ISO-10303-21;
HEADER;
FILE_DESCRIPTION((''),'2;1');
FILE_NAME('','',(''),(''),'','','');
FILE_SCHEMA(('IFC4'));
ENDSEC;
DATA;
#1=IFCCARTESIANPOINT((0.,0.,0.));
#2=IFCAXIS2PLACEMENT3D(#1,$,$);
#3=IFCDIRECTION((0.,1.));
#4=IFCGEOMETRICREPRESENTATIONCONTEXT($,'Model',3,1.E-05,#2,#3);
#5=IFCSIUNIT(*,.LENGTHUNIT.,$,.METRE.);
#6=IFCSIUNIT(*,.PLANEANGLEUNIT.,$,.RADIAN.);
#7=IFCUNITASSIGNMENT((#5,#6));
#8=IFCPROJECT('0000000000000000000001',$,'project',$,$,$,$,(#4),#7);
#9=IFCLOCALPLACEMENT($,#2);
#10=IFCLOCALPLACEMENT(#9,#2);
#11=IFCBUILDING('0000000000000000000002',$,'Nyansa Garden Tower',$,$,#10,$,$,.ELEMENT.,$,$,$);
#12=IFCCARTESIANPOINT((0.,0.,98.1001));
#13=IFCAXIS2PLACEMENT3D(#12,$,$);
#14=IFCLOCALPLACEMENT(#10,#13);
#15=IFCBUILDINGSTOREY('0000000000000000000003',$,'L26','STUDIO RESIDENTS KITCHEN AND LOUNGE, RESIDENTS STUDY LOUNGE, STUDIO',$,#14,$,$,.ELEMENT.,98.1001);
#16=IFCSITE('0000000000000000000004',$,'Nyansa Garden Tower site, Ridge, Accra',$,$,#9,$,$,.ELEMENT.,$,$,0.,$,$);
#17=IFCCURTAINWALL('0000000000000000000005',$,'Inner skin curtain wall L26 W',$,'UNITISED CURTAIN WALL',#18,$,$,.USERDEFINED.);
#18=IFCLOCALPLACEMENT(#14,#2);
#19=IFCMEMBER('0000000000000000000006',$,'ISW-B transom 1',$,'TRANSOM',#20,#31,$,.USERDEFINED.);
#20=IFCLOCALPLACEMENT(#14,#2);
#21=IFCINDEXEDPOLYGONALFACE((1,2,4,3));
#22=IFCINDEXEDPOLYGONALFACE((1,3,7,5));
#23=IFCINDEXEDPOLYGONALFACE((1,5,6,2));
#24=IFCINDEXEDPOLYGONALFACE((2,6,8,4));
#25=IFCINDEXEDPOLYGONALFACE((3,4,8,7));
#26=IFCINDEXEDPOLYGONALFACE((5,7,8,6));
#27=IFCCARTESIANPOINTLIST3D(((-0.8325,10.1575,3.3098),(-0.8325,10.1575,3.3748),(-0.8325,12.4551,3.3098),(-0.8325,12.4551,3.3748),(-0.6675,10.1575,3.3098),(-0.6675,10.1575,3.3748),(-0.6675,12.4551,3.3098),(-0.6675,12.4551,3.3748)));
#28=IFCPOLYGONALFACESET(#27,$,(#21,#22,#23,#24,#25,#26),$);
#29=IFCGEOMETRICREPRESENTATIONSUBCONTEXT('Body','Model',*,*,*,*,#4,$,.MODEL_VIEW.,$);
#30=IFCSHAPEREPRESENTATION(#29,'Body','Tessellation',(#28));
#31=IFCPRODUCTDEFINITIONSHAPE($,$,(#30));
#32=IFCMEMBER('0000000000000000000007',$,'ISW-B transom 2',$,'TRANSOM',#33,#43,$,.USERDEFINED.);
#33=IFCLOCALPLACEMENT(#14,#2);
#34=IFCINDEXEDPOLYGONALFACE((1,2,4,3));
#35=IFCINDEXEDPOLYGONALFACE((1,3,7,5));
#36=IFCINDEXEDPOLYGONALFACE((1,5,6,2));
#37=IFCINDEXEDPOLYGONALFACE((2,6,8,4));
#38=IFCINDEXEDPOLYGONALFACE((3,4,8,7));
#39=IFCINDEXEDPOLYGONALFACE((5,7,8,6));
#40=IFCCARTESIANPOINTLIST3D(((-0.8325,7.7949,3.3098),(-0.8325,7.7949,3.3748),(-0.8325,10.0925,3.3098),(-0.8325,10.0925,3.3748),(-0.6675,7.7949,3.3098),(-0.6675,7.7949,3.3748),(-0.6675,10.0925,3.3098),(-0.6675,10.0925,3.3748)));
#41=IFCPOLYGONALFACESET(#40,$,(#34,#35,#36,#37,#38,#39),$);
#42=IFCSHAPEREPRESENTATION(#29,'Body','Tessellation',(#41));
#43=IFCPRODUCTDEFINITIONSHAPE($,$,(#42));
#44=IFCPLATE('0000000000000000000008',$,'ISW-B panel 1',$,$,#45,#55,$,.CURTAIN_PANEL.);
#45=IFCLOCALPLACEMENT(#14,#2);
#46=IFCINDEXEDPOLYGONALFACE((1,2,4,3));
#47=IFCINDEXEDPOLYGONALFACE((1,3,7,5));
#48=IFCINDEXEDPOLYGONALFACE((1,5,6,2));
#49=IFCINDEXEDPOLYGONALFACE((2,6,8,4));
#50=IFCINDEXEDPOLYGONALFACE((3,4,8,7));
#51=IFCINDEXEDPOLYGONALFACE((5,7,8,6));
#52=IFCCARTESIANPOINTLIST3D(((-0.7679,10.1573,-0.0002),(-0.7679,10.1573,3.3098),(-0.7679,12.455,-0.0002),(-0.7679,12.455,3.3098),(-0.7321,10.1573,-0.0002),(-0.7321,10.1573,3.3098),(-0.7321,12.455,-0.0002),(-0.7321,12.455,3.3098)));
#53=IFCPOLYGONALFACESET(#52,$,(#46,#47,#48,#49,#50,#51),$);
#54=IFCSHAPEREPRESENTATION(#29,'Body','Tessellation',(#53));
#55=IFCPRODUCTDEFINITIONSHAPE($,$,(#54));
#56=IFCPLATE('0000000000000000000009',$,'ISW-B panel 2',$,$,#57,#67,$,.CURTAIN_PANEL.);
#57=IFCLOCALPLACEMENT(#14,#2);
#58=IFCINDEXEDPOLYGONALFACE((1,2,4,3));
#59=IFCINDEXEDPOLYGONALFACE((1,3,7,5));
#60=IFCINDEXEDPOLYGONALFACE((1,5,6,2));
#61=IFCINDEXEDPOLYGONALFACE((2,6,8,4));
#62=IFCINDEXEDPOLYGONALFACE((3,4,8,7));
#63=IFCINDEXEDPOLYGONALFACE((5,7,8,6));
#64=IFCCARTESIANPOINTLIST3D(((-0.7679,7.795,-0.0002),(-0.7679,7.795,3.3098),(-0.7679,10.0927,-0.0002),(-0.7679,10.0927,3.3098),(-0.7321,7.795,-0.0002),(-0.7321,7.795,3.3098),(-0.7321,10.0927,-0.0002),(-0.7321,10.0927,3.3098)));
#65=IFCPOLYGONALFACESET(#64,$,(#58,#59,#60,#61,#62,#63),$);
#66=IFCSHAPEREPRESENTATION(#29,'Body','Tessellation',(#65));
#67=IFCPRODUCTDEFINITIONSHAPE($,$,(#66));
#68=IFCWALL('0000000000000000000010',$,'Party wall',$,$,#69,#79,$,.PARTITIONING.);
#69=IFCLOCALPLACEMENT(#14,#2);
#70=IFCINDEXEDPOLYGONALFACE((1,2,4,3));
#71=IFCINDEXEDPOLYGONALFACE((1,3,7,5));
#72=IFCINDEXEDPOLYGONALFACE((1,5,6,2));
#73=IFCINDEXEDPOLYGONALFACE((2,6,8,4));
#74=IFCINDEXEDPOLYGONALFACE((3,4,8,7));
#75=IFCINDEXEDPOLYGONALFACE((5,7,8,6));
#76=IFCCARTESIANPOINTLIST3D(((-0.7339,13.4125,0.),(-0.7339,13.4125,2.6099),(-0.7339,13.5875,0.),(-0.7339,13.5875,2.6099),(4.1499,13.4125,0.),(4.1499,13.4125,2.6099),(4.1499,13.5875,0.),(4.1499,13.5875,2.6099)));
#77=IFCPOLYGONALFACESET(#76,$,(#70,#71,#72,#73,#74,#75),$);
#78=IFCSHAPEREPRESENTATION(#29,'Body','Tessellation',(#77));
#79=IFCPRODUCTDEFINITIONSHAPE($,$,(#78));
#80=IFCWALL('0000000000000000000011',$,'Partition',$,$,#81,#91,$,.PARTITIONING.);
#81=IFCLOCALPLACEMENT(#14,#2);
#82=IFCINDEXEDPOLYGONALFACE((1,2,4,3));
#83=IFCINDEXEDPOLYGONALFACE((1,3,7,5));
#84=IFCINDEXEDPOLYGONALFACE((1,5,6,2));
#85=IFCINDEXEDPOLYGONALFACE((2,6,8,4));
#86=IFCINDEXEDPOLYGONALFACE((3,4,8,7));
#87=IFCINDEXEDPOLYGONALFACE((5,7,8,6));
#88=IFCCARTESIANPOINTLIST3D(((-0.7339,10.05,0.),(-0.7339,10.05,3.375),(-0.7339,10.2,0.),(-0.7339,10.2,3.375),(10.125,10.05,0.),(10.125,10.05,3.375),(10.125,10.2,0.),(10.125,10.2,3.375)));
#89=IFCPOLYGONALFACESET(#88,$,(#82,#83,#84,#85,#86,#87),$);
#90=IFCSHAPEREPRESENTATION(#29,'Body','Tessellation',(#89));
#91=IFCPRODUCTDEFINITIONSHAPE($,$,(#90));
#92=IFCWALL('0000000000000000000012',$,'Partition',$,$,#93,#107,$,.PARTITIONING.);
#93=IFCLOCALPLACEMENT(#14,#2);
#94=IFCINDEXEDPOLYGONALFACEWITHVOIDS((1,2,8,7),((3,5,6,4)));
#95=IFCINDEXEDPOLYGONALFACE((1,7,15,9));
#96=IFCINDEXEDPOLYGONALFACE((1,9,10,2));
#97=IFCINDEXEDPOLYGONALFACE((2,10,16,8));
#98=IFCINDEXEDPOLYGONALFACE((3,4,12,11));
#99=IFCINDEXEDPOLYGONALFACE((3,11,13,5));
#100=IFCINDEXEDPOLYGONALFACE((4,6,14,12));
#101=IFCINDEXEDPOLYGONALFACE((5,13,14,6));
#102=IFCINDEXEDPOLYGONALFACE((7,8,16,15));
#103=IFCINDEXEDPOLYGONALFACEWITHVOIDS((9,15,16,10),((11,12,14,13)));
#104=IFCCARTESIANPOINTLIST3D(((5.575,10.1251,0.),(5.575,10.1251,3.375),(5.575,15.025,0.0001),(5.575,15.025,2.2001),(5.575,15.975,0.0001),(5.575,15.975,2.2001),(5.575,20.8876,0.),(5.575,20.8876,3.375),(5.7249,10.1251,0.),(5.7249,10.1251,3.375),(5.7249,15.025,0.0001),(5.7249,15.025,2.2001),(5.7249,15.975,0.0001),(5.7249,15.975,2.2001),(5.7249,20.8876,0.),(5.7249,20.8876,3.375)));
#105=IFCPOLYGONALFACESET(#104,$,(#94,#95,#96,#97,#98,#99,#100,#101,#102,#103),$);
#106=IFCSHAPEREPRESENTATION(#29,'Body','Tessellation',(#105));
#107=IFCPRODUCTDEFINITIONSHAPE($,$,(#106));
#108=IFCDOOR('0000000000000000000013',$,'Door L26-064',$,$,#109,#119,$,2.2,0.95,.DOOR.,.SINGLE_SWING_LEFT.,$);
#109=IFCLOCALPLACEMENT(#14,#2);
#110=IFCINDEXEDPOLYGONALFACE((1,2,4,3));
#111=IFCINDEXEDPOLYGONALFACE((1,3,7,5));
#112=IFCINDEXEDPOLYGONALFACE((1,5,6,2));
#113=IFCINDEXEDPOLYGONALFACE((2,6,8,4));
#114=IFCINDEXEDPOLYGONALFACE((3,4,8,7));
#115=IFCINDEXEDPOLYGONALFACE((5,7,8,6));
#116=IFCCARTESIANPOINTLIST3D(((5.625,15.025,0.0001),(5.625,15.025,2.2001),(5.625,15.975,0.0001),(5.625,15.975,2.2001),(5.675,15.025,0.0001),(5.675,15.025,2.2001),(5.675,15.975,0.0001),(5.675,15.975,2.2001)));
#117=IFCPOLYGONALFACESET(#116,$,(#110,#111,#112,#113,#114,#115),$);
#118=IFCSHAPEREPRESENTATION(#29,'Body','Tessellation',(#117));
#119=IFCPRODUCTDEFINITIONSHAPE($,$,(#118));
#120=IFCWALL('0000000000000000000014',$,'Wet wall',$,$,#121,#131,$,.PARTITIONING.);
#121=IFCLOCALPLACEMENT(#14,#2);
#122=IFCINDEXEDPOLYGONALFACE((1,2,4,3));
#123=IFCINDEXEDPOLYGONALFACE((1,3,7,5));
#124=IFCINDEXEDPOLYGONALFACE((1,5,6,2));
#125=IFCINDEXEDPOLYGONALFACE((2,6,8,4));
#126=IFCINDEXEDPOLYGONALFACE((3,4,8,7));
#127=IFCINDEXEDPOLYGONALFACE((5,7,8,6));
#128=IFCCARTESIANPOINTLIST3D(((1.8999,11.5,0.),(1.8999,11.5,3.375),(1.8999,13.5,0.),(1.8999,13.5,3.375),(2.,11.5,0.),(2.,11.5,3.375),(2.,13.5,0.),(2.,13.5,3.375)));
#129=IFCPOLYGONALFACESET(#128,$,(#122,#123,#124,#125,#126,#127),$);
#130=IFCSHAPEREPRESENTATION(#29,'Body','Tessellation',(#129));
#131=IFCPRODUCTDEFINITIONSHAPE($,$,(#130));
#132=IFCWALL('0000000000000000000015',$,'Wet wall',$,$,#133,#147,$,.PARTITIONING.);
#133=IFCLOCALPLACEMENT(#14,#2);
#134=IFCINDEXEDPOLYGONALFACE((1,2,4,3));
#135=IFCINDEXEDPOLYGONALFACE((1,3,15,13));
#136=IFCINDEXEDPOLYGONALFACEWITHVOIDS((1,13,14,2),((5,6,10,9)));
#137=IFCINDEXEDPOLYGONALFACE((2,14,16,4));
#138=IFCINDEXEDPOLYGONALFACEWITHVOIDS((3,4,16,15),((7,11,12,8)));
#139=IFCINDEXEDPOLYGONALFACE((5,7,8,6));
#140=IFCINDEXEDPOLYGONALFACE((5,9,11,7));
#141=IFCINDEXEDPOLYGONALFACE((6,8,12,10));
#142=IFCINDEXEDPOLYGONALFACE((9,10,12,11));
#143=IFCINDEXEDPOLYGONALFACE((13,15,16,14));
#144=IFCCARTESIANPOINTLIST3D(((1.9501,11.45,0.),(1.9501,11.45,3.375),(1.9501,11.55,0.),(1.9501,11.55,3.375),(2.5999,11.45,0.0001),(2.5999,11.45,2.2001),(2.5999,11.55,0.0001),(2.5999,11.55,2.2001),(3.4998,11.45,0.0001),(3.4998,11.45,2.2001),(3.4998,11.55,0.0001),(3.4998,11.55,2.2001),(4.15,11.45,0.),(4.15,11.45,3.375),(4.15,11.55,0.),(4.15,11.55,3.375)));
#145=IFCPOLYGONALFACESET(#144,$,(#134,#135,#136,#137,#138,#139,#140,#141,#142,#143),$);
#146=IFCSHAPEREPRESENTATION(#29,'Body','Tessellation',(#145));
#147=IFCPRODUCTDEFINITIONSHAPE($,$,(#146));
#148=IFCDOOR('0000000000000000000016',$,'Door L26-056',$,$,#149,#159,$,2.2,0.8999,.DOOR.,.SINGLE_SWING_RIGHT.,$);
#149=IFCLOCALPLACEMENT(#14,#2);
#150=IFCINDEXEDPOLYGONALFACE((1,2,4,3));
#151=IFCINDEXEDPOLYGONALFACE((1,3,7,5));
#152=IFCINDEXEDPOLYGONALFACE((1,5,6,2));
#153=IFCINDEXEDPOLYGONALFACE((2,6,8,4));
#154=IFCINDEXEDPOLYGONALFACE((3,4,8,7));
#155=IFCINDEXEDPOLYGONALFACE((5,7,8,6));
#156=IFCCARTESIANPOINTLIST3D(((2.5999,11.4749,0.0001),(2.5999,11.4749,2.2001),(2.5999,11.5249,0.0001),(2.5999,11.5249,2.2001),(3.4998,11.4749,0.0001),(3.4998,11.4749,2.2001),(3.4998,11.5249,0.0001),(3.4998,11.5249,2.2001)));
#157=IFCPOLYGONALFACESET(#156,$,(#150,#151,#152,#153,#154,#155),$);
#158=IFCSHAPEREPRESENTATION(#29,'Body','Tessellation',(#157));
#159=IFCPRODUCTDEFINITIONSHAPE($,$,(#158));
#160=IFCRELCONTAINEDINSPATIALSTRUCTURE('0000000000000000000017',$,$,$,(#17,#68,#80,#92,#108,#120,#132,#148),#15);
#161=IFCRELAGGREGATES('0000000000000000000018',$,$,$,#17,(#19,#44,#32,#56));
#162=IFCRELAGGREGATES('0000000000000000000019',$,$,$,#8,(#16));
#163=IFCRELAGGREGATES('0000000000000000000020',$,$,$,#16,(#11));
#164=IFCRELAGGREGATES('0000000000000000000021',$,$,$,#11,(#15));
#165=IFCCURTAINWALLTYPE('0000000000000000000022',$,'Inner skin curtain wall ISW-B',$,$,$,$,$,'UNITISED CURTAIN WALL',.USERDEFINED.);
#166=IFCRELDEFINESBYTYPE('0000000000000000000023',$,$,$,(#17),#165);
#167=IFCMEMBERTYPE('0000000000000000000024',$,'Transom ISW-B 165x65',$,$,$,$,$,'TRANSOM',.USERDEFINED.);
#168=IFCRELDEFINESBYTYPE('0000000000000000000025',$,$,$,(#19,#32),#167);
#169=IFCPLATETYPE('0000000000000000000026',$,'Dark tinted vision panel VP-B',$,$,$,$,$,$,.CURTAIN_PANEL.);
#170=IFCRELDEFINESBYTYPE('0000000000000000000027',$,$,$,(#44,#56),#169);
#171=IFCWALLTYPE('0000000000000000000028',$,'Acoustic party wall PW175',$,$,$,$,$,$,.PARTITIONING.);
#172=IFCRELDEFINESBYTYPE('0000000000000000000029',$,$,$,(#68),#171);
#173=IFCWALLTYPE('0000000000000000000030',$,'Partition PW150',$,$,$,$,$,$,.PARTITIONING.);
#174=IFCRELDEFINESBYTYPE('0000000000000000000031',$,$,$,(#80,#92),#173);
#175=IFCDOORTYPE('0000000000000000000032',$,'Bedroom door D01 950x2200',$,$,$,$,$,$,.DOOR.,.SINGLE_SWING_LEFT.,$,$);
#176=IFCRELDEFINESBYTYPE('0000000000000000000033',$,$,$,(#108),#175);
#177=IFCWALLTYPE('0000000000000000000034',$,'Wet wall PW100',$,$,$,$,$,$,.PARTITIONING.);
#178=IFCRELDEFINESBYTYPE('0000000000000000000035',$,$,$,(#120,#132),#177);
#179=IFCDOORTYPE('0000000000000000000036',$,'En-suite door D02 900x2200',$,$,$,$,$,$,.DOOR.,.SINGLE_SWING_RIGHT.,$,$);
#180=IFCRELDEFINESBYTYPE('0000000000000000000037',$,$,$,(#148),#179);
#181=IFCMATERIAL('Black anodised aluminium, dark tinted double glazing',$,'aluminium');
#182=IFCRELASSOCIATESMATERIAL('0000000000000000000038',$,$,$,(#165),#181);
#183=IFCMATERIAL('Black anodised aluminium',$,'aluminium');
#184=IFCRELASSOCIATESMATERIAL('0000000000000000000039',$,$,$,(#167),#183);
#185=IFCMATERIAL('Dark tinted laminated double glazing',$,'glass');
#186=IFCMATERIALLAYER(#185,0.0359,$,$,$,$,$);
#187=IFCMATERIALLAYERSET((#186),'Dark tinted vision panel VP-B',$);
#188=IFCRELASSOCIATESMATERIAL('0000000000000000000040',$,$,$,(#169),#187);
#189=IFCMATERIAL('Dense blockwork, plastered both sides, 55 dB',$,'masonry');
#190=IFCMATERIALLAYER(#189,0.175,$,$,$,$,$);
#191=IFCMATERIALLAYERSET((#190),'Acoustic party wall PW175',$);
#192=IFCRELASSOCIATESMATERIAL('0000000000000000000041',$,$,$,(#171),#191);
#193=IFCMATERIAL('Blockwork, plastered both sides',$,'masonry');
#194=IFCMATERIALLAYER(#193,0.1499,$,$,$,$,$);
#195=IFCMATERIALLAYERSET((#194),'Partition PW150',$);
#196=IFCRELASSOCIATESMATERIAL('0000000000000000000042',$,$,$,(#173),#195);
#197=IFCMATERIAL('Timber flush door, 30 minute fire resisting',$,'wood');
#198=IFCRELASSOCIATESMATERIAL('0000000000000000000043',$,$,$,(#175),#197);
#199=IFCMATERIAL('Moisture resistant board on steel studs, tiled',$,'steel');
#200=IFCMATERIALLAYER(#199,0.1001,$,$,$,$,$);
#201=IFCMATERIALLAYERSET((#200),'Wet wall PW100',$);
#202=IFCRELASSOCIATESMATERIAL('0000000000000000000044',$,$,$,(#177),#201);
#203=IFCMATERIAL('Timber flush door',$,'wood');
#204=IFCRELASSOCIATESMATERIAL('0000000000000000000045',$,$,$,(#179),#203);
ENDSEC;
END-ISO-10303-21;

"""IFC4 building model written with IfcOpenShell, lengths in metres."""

from ifc_helpers import new_model, si_unit, direction, frame, frame_2d, origin, origin_2d, place, context, subcontext, project, spatial, rectangle, extrude, material, layer, layer_set, material_profile, profile_set, type_object, element, fill, aggregate, save


model = new_model("IFC4")

# Units and contexts
model_context = context("Model", 3, precision=1e-05, world=origin(), true_north=direction((0.0, 1.0)))
body_context = subcontext(model_context, "Body", "Model", "MODEL_VIEW")
ifc_project = project(units=[si_unit("LENGTHUNIT", "METRE"), si_unit("PLANEANGLEUNIT", "RADIAN")], contexts=[model_context])

# Site, building, storey
site_placement = place(None, origin())
site = spatial("IfcSite", under=ifc_project, at=site_placement, Name="Nyansa Garden Tower site, Ridge, Accra", CompositionType="ELEMENT", RefElevation=0.0)
building_placement = place(site_placement, origin())
building = spatial("IfcBuilding", under=site, at=building_placement, Name="Nyansa Garden Tower", CompositionType="ELEMENT")
storey_placement = place(building_placement, frame((0.0, 0.0, 98.1001)))
storey = spatial("IfcBuildingStorey", under=building, at=storey_placement, Name="L26", Description="STUDIO RESIDENTS KITCHEN AND LOUNGE, RESIDENTS STUDY LOUNGE, STUDIO", CompositionType="ELEMENT", Elevation=98.1001)

# Curtain wall
ifc_material_1 = material(Name="Black anodised aluminium, dark tinted double glazing", Category="aluminium")
curtain_wall_type = type_object("IfcCurtainWallType", Name="Inner skin curtain wall ISW-B", ElementType="UNITISED CURTAIN WALL", PredefinedType="USERDEFINED", material=ifc_material_1)
curtain_wall_placement = place(storey_placement, origin())
curtain_wall = element("IfcCurtainWall", 1, at=curtain_wall_placement, inside=storey, type_object=curtain_wall_type, Name="Inner skin curtain wall L26 W", ObjectType="UNITISED CURTAIN WALL", PredefinedType="USERDEFINED")

# Members
ifc_material_2 = material(Name="Black anodised aluminium", Category="aluminium")
ifc_material_profile_1 = material_profile(ifc_material_2, rectangle(XDim=0.165, YDim=0.0649, at=origin_2d()), Name="Transom 165x65")
ifc_profile_set_1 = profile_set([ifc_material_profile_1], Name="Black anodised aluminium")
member_type_1 = type_object("IfcMemberType", Name="Transom ISW-B 165x65", ElementType="TRANSOM", PredefinedType="USERDEFINED", material=ifc_profile_set_1)
member_1_placement = place(storey_placement, frame((-0.75, 12.4551, 3.3423), z_axis=(0.0, -1.0, 0.0), x_axis=(1.0, 0.0, 0.0)))
member_1 = element("IfcMember", 2, at=member_1_placement, type_object=member_type_1, Name="ISW-B transom 1", ObjectType="TRANSOM", PredefinedType="USERDEFINED", context=body_context, shape_type="SweptSolid", body=[
    extrude(rectangle(XDim=0.165, YDim=0.0649, at=origin_2d()), origin(), (0.0, 0.0, 1.0), 2.2976),
])
member_2_placement = place(storey_placement, frame((-0.75, 10.0925, 3.3423), z_axis=(0.0, -1.0, 0.0), x_axis=(1.0, 0.0, 0.0)))
member_2 = element("IfcMember", 3, at=member_2_placement, type_object=member_type_1, Name="ISW-B transom 2", ObjectType="TRANSOM", PredefinedType="USERDEFINED", context=body_context, shape_type="SweptSolid", body=[
    extrude(rectangle(XDim=0.165, YDim=0.0649, at=origin_2d()), origin(), (0.0, 0.0, 1.0), 2.2976),
])

# Plates
ifc_material_3 = material(Name="Dark tinted laminated double glazing", Category="glass")
ifc_layer_1 = layer(ifc_material_3, 0.0359)
ifc_layer_set_1 = layer_set([ifc_layer_1], Name="Dark tinted vision panel VP-B")
plate_type = type_object("IfcPlateType", Name="Dark tinted vision panel VP-B", PredefinedType="CURTAIN_PANEL", material=ifc_layer_set_1)
plate_1_placement = place(storey_placement, frame((-0.75, 11.3062, -0.0002), z_axis=(0.0, 0.0, 1.0), x_axis=(0.0, -1.0, 0.0)))
plate_1 = element("IfcPlate", 4, at=plate_1_placement, type_object=plate_type, Name="ISW-B panel 1", PredefinedType="CURTAIN_PANEL", context=body_context, shape_type="SweptSolid", body=[
    extrude(rectangle(XDim=2.2976, YDim=0.0359, at=origin_2d()), origin(), (0.0, 0.0, 1.0), 3.3101),
])
plate_2_placement = place(storey_placement, frame((-0.75, 8.9438, -0.0002), z_axis=(0.0, 0.0, 1.0), x_axis=(0.0, -1.0, 0.0)))
plate_2 = element("IfcPlate", 5, at=plate_2_placement, type_object=plate_type, Name="ISW-B panel 2", PredefinedType="CURTAIN_PANEL", context=body_context, shape_type="SweptSolid", body=[
    extrude(rectangle(XDim=2.2976, YDim=0.0359, at=origin_2d()), origin(), (0.0, 0.0, 1.0), 3.3101),
])
aggregate(curtain_wall, [member_1, plate_1, member_2, plate_2])

# Walls
ifc_material_4 = material(Name="Dense blockwork, plastered both sides, 55 dB", Category="masonry")
ifc_layer_2 = layer(ifc_material_4, 0.175)
ifc_layer_set_2 = layer_set([ifc_layer_2], Name="Acoustic party wall PW175")
wall_type_1 = type_object("IfcWallType", Name="Acoustic party wall PW175", PredefinedType="PARTITIONING", material=ifc_layer_set_2)
wall_1_placement = place(storey_placement, frame((-0.7339, 13.5, 0.0), z_axis=(0.0, 0.0, 1.0), x_axis=(1.0, 0.0, 0.0)))
element("IfcWall", 6, at=wall_1_placement, inside=storey, type_object=wall_type_1, Name="Party wall", PredefinedType="PARTITIONING", context=body_context, shape_type="SweptSolid", body=[
    extrude(rectangle(XDim=4.8838, YDim=0.175, at=frame_2d((2.4419, 0.0))), origin(), (0.0, 0.0, 1.0), 2.6099),
])
ifc_material_5 = material(Name="Blockwork, plastered both sides", Category="masonry")
ifc_layer_3 = layer(ifc_material_5, 0.1499)
ifc_layer_set_3 = layer_set([ifc_layer_3], Name="Partition PW150")
wall_type_2 = type_object("IfcWallType", Name="Partition PW150", PredefinedType="PARTITIONING", material=ifc_layer_set_3)
wall_2_placement = place(storey_placement, frame((-0.7339, 10.125, 0.0), z_axis=(0.0, 0.0, 1.0), x_axis=(1.0, 0.0, 0.0)))
element("IfcWall", 7, at=wall_2_placement, inside=storey, type_object=wall_type_2, Name="Partition", PredefinedType="PARTITIONING", context=body_context, shape_type="SweptSolid", body=[
    extrude(rectangle(XDim=10.8589, YDim=0.1499, at=frame_2d((5.4294, 0.0))), origin(), (0.0, 0.0, 1.0), 3.375),
])

# Wall, opening, door
wall_3_placement = place(storey_placement, frame((5.6499, 10.125, 0.0), z_axis=(0.0, 0.0, 1.0), x_axis=(0.0, 1.0, 0.0)))
wall_3 = element("IfcWall", 8, at=wall_3_placement, inside=storey, type_object=wall_type_2, Name="Partition", PredefinedType="PARTITIONING", context=body_context, shape_type="SweptSolid", body=[
    extrude(rectangle(XDim=10.7625, YDim=0.1499, at=frame_2d((5.3813, 0.0))), origin(), (0.0, 0.0, 1.0), 3.375),
])
opening_1_placement = place(wall_3_placement, frame((4.8999, 0.0, 0.0)))
opening_1 = element("IfcOpeningElement", 9, at=opening_1_placement, cuts=wall_3, PredefinedType="OPENING", context=body_context, shape_type="SweptSolid", body=[
    extrude(rectangle(XDim=0.95, YDim=2.2, at=frame_2d((0.4751, 1.1001))), frame((0.0, 0.085, 0.0), z_axis=(0.0, -1.0, 0.0), x_axis=(1.0, 0.0, 0.0)), (0.0, 0.0, 1.0), 0.1699),
])
ifc_material_6 = material(Name="Timber flush door, 30 minute fire resisting", Category="wood")
door_type_1 = type_object("IfcDoorType", Name="Bedroom door D01 950x2200", OperationType="SINGLE_SWING_LEFT", PredefinedType="DOOR", material=ifc_material_6)
door_1_placement = place(opening_1_placement, origin())
door_1 = element("IfcDoor", 10, at=door_1_placement, inside=storey, type_object=door_type_1, Name="Door L26-064", OperationType="SINGLE_SWING_LEFT", OverallHeight=2.2, OverallWidth=0.95, PredefinedType="DOOR", context=body_context, shape_type="SweptSolid", body=[
    extrude(rectangle(XDim=0.95, YDim=2.2, at=frame_2d((0.4751, 1.1001))), frame((0.0, 0.0249, 0.0), z_axis=(0.0, -1.0, 0.0), x_axis=(1.0, 0.0, 0.0)), (0.0, 0.0, 1.0), 0.05),
])
fill(opening_1, door_1)

# Wall
ifc_material_7 = material(Name="Moisture resistant board on steel studs, tiled", Category="steel")
ifc_layer_4 = layer(ifc_material_7, 0.1001)
ifc_layer_set_4 = layer_set([ifc_layer_4], Name="Wet wall PW100")
wall_type_3 = type_object("IfcWallType", Name="Wet wall PW100", PredefinedType="PARTITIONING", material=ifc_layer_set_4)
wall_4_placement = place(storey_placement, frame((1.95, 11.5, 0.0), z_axis=(0.0, 0.0, 1.0), x_axis=(0.0, 1.0, 0.0)))
element("IfcWall", 11, at=wall_4_placement, inside=storey, type_object=wall_type_3, Name="Wet wall", PredefinedType="PARTITIONING", context=body_context, shape_type="SweptSolid", body=[
    extrude(rectangle(XDim=2.0, YDim=0.1001, at=frame_2d((1.0, 0.0))), origin(), (0.0, 0.0, 1.0), 3.375),
])

# Wall, opening, door
wall_5_placement = place(storey_placement, frame((1.95, 11.5, 0.0), z_axis=(0.0, 0.0, 1.0), x_axis=(1.0, 0.0, 0.0)))
wall_5 = element("IfcWall", 12, at=wall_5_placement, inside=storey, type_object=wall_type_3, Name="Wet wall", PredefinedType="PARTITIONING", context=body_context, shape_type="SweptSolid", body=[
    extrude(rectangle(XDim=2.2, YDim=0.1001, at=frame_2d((1.1001, 0.0))), origin(), (0.0, 0.0, 1.0), 3.375),
])
opening_2_placement = place(wall_5_placement, frame((0.6499, 0.0, 0.0)))
opening_2 = element("IfcOpeningElement", 13, at=opening_2_placement, cuts=wall_5, PredefinedType="OPENING", context=body_context, shape_type="SweptSolid", body=[
    extrude(rectangle(XDim=0.8999, YDim=2.2, at=frame_2d((0.45, 1.1001))), frame((0.0, 0.0601, 0.0), z_axis=(0.0, -1.0, 0.0), x_axis=(1.0, 0.0, 0.0)), (0.0, 0.0, 1.0), 0.1201),
])
ifc_material_8 = material(Name="Timber flush door", Category="wood")
door_type_2 = type_object("IfcDoorType", Name="En-suite door D02 900x2200", OperationType="SINGLE_SWING_RIGHT", PredefinedType="DOOR", material=ifc_material_8)
door_2_placement = place(opening_2_placement, origin())
door_2 = element("IfcDoor", 14, at=door_2_placement, inside=storey, type_object=door_type_2, Name="Door L26-056", OperationType="SINGLE_SWING_RIGHT", OverallHeight=2.2, OverallWidth=0.8999, PredefinedType="DOOR", context=body_context, shape_type="SweptSolid", body=[
    extrude(rectangle(XDim=0.8999, YDim=2.2, at=frame_2d((0.45, 1.1001))), frame((0.0, 0.0249, 0.0), z_axis=(0.0, -1.0, 0.0), x_axis=(1.0, 0.0, 0.0)), (0.0, 0.0, 1.0), 0.05),
])
fill(opening_2, door_2)

save(model, "model.ifc")
